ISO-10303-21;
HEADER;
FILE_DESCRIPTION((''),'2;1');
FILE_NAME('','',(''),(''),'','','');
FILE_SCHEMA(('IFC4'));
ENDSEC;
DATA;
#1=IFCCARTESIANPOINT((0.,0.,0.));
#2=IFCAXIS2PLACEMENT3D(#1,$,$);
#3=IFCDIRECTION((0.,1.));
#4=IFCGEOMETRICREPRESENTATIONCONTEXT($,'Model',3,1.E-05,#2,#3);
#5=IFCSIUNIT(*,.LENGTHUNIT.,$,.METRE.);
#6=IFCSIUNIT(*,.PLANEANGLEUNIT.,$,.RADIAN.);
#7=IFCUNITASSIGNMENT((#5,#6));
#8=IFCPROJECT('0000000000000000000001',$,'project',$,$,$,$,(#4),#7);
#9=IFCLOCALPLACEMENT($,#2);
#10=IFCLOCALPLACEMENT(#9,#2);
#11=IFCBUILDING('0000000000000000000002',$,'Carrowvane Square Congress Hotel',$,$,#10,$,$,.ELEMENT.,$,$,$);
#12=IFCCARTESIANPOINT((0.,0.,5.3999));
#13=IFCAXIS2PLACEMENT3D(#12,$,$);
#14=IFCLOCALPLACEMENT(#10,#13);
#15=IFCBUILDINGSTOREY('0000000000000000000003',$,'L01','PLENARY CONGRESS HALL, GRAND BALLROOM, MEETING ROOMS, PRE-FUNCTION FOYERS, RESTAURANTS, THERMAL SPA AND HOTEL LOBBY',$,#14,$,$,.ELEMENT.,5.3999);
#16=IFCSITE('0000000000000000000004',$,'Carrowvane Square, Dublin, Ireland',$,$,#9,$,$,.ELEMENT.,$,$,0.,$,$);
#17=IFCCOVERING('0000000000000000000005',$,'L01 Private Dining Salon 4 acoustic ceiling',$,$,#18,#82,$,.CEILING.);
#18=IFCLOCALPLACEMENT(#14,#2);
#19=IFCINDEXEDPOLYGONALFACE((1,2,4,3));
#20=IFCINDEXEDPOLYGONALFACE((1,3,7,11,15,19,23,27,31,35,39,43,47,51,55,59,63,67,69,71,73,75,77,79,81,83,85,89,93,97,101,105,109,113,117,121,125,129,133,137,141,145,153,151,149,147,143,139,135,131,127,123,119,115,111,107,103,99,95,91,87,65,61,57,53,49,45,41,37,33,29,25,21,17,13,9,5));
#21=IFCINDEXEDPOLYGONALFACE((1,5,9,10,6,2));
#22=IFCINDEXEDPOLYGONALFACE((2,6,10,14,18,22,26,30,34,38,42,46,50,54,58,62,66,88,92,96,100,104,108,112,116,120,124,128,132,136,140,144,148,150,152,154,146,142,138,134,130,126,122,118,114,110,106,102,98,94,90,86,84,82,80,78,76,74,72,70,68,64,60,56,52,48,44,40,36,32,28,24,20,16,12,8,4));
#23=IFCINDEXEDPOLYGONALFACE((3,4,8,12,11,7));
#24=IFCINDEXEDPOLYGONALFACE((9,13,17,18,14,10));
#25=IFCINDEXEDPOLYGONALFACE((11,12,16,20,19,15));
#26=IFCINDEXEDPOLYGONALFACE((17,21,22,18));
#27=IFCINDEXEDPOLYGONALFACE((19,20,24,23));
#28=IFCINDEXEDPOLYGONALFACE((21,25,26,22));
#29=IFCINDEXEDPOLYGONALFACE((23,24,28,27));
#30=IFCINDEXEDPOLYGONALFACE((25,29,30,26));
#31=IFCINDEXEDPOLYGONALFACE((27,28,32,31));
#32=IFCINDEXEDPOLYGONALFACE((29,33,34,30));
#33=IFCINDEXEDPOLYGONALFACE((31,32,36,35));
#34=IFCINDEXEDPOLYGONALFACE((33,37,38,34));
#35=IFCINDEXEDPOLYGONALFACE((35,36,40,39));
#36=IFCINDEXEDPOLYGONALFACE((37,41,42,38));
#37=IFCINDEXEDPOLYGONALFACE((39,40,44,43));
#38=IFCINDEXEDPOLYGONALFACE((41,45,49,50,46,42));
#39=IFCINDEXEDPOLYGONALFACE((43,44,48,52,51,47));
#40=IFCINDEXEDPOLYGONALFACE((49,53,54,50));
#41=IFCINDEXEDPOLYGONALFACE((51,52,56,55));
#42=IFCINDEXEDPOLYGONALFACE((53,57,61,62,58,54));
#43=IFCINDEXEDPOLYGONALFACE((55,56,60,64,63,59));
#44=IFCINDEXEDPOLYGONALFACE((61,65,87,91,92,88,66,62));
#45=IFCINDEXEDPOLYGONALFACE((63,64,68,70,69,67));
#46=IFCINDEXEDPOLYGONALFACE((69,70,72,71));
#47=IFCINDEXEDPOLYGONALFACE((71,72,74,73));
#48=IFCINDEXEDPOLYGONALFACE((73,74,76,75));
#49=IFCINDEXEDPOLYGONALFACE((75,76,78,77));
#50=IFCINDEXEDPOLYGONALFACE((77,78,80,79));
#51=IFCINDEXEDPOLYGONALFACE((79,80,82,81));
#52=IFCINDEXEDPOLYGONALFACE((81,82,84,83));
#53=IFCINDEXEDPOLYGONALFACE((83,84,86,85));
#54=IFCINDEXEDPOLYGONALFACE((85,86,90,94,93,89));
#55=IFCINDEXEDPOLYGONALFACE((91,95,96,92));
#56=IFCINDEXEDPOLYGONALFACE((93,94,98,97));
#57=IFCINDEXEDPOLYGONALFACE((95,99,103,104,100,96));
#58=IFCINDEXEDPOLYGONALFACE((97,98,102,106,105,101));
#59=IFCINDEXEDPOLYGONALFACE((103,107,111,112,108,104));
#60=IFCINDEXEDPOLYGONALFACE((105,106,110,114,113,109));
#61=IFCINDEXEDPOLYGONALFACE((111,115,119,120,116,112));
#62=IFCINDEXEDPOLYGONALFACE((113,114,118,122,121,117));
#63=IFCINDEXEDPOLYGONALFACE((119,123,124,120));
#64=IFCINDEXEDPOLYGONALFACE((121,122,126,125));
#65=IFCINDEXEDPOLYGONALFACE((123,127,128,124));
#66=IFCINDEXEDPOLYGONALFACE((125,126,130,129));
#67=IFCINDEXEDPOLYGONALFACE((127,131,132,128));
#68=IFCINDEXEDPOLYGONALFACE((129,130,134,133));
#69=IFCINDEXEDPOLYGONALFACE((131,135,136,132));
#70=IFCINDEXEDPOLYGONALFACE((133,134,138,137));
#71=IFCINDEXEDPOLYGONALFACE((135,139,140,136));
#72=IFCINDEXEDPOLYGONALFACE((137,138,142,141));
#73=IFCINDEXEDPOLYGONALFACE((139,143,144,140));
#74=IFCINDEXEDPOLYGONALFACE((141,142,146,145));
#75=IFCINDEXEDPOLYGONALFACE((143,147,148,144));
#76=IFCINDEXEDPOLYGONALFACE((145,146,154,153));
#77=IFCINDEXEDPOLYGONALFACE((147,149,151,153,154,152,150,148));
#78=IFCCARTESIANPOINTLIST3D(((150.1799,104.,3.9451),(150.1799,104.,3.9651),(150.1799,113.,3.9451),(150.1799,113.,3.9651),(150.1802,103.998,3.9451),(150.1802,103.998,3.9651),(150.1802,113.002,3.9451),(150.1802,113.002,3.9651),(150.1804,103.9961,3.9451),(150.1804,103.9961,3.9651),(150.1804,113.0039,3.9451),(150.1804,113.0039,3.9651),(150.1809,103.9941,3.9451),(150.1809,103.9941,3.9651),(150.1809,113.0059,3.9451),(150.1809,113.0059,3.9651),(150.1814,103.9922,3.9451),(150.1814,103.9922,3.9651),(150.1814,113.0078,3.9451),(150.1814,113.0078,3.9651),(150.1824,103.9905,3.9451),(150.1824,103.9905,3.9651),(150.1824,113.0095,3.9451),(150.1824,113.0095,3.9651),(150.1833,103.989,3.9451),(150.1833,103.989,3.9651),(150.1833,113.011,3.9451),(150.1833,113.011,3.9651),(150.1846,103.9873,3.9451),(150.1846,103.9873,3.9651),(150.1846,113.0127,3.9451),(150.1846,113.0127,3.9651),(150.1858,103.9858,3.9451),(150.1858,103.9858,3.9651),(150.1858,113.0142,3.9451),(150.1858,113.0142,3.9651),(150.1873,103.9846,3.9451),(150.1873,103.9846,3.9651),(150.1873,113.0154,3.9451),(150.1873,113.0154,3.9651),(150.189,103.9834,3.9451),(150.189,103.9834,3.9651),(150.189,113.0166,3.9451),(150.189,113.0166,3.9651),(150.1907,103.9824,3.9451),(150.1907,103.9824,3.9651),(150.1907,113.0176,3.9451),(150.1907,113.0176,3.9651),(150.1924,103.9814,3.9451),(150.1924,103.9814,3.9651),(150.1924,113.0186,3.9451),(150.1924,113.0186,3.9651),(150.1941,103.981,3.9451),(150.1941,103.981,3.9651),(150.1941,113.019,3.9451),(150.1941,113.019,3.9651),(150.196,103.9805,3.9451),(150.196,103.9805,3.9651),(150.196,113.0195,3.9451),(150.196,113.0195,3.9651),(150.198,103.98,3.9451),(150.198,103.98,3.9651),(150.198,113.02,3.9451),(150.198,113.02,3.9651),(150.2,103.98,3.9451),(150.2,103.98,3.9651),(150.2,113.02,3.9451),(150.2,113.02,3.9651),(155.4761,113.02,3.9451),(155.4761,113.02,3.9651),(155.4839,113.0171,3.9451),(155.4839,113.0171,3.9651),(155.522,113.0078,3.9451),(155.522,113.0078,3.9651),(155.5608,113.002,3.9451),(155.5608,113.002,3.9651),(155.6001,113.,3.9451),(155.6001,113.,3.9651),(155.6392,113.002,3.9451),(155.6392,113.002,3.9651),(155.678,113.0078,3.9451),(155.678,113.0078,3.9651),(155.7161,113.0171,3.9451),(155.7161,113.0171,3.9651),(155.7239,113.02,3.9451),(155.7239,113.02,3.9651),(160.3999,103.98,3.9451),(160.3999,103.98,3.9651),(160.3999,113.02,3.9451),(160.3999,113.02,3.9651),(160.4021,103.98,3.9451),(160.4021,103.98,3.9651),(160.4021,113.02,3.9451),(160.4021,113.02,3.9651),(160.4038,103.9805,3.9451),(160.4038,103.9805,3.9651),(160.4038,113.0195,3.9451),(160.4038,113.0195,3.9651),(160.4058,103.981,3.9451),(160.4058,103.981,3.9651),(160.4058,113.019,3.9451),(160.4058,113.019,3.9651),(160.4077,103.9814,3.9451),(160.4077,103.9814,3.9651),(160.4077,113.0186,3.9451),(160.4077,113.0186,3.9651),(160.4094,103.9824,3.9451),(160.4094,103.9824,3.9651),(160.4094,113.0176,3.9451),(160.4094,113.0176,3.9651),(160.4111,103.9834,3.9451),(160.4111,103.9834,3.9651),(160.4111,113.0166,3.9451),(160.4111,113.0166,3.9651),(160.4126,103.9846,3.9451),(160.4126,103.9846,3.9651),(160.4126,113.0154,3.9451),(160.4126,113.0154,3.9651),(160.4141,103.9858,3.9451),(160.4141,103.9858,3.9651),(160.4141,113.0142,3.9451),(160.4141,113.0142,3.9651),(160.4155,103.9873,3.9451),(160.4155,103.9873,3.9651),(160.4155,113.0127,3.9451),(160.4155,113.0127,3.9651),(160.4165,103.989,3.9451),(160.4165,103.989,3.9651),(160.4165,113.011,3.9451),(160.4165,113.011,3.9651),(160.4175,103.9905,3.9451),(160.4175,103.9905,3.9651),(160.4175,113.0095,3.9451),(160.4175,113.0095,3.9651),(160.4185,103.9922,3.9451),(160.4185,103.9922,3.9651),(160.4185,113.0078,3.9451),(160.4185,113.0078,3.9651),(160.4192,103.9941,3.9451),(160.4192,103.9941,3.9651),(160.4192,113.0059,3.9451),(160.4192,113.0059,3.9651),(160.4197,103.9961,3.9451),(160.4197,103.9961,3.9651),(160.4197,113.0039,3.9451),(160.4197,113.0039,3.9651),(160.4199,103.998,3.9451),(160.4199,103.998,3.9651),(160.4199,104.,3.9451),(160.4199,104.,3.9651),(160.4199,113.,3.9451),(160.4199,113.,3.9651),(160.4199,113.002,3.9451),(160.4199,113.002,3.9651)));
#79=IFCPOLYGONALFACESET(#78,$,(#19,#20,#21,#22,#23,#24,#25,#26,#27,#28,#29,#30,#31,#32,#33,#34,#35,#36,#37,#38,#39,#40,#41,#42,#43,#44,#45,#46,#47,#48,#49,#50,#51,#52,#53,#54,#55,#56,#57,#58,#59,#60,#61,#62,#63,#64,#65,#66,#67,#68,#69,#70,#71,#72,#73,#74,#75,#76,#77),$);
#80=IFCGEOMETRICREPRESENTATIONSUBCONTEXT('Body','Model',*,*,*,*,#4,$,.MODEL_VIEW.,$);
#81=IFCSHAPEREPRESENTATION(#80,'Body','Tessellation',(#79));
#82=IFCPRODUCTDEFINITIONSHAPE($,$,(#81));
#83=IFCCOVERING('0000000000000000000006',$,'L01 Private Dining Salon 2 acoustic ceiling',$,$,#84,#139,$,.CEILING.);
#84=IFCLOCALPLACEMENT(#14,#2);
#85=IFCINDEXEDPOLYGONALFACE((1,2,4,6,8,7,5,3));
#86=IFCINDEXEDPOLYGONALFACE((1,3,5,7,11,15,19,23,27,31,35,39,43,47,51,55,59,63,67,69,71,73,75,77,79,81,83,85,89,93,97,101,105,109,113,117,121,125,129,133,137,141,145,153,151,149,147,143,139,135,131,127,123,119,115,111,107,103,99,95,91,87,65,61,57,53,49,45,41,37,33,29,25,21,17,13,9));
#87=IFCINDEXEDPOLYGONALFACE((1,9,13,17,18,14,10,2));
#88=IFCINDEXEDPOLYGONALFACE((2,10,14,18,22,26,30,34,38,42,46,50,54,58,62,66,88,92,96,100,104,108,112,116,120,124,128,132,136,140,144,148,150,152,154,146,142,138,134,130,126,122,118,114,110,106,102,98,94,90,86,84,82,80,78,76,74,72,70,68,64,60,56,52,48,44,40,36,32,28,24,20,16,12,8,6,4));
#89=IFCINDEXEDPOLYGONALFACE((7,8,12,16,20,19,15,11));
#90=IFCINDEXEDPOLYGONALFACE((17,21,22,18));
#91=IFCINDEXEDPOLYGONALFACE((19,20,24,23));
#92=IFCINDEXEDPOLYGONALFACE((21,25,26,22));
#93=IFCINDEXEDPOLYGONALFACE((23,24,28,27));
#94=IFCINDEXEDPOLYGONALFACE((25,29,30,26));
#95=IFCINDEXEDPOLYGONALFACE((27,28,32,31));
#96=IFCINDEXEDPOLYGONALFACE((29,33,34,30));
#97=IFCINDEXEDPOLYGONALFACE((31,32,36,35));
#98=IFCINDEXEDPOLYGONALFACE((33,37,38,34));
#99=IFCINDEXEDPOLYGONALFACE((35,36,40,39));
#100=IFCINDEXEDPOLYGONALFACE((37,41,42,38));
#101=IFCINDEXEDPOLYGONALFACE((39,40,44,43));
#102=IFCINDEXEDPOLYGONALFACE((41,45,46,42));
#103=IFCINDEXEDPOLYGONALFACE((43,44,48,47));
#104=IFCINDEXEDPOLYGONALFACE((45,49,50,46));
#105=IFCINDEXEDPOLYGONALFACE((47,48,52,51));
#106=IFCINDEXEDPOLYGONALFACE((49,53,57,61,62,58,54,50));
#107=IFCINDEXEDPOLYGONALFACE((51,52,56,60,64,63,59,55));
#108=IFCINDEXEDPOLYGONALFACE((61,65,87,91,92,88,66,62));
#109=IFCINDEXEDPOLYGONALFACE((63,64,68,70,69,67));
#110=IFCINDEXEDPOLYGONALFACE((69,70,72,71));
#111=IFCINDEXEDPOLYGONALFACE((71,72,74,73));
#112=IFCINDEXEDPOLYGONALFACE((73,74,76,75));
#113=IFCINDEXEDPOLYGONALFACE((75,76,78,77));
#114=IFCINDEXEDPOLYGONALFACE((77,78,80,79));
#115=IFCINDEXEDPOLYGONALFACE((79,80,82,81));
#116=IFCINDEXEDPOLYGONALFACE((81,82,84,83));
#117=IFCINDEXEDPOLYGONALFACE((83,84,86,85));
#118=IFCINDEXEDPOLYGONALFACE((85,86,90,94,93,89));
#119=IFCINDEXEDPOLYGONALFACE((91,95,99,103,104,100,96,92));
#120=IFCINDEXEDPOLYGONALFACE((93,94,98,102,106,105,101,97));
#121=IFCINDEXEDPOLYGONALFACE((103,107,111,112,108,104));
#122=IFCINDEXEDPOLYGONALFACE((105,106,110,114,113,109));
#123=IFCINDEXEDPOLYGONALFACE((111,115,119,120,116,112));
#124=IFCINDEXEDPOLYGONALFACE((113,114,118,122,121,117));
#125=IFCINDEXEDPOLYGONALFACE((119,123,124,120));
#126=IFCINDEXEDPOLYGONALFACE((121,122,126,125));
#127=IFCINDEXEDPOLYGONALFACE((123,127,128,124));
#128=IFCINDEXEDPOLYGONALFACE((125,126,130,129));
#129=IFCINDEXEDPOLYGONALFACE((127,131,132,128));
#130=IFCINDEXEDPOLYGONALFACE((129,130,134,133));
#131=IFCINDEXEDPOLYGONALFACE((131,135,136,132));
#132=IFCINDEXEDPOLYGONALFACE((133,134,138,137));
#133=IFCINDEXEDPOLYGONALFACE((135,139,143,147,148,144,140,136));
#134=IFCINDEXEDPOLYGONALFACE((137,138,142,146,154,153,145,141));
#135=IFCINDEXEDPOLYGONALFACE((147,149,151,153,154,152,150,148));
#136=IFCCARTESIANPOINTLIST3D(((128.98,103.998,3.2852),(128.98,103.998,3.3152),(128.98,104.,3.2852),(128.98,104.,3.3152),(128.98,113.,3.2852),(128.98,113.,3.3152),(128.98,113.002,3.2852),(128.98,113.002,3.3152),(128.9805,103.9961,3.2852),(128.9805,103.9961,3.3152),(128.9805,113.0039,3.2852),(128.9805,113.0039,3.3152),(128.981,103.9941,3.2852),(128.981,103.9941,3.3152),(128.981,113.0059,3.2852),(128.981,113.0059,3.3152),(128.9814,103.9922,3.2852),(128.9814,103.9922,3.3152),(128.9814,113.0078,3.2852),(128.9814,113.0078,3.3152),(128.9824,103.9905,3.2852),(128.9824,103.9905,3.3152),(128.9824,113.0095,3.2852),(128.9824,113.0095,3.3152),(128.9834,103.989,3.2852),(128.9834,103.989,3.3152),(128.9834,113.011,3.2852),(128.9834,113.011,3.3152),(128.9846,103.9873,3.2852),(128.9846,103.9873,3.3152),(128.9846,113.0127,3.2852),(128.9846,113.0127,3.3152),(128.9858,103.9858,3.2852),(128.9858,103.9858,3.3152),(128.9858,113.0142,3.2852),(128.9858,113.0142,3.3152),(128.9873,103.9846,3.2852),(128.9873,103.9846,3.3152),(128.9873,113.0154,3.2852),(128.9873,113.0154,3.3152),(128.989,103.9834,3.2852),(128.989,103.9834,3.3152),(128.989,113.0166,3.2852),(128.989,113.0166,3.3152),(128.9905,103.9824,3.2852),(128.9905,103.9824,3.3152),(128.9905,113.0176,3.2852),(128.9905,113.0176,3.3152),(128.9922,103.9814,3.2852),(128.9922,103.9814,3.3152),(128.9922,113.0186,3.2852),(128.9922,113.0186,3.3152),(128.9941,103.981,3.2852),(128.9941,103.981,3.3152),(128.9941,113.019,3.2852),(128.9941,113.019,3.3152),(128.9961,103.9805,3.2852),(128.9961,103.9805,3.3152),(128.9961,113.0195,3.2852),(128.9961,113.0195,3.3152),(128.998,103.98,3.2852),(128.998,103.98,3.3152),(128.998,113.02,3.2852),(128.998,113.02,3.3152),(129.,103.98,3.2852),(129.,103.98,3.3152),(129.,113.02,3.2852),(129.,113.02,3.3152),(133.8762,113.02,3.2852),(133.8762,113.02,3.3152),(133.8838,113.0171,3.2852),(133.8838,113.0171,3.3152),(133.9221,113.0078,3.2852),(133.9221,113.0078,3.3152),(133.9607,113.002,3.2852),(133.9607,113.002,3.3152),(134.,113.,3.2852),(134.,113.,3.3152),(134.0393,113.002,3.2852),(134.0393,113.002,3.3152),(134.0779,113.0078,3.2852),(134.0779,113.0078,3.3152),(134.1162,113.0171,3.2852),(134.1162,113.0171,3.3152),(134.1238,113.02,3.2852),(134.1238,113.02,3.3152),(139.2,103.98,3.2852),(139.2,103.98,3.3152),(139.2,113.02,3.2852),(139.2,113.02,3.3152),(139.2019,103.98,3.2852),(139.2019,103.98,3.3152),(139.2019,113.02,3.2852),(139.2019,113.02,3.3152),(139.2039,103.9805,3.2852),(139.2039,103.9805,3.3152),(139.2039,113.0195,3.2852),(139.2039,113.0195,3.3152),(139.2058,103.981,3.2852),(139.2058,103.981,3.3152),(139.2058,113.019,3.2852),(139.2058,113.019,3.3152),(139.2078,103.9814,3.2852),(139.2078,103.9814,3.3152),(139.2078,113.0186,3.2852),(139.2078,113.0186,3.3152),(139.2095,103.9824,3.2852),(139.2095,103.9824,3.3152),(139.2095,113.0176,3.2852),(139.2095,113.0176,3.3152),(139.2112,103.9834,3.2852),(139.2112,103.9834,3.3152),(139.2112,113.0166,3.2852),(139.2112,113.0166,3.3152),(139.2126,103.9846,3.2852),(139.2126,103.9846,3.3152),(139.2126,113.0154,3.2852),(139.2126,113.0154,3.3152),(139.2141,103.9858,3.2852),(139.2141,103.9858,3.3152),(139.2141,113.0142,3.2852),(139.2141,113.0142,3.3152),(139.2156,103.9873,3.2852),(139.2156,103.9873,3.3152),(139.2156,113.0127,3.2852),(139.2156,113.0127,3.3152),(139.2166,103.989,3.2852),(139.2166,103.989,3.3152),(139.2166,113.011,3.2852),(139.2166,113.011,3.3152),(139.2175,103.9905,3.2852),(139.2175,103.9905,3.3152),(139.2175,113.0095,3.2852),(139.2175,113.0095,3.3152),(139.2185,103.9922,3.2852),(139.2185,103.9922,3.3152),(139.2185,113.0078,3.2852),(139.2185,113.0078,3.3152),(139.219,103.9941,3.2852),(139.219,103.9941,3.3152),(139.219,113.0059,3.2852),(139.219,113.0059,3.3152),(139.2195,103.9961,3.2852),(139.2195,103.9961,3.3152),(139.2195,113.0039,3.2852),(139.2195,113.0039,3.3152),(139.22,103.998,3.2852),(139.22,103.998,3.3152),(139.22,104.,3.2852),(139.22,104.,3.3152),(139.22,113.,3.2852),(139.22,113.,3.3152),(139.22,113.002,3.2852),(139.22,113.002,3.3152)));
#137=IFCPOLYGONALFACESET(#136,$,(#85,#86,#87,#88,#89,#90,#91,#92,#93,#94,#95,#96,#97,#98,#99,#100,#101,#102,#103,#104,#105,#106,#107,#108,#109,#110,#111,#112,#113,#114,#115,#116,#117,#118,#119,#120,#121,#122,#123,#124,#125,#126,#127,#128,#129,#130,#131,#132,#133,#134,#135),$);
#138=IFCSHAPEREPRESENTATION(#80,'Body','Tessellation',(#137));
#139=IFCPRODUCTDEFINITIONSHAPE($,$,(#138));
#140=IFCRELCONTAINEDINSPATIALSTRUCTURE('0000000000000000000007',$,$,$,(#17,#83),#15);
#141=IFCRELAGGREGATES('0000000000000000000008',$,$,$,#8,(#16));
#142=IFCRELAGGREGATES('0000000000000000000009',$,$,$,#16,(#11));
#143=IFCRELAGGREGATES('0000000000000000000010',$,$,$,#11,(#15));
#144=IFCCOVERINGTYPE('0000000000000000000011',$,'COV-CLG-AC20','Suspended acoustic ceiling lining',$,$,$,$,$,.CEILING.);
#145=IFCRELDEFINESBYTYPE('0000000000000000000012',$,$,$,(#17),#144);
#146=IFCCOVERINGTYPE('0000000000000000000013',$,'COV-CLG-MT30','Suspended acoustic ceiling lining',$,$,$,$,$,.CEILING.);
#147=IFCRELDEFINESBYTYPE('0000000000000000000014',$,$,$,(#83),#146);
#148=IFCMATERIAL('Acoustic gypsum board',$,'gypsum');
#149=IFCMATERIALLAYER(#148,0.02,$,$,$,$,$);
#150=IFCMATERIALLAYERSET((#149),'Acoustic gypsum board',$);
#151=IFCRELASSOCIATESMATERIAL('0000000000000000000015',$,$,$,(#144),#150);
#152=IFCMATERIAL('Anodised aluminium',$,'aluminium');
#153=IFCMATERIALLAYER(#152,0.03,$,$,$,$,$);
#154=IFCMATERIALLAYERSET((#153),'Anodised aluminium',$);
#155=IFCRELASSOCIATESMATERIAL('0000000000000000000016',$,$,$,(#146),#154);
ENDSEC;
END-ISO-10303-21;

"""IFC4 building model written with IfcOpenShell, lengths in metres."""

from ifc_helpers import new_model, si_unit, direction, frame, origin, place, context, subcontext, project, spatial, polyline, outline, extrude, material, layer, layer_set, type_object, element, save


model = new_model("IFC4")

# Units and contexts
model_context = context("Model", 3, precision=1e-05, world=origin(), true_north=direction((0.0, 1.0)))
body_context = subcontext(model_context, "Body", "Model", "MODEL_VIEW")
ifc_project = project(units=[si_unit("LENGTHUNIT", "METRE"), si_unit("PLANEANGLEUNIT", "RADIAN")], contexts=[model_context])

# Site, building, storey
site_placement = place(None, origin())
site = spatial("IfcSite", under=ifc_project, at=site_placement, Name="Carrowvane Square, Dublin, Ireland", CompositionType="ELEMENT", RefElevation=0.0)
building_placement = place(site_placement, origin())
building = spatial("IfcBuilding", under=site, at=building_placement, Name="Carrowvane Square Congress Hotel", CompositionType="ELEMENT")
storey_placement = place(building_placement, frame((0.0, 0.0, 5.3999)))
storey = spatial("IfcBuildingStorey", under=building, at=storey_placement, Name="L01", Description="PLENARY CONGRESS HALL, GRAND BALLROOM, MEETING ROOMS, PRE-FUNCTION FOYERS, RESTAURANTS, THERMAL SPA AND HOTEL LOBBY", CompositionType="ELEMENT", Elevation=5.3999)

# Coverings
ifc_material_1 = material(Name="Acoustic gypsum board", Category="gypsum")
ifc_layer_1 = layer(ifc_material_1, 0.02)
ifc_layer_set_1 = layer_set([ifc_layer_1], Name="Acoustic gypsum board")
covering_type_1 = type_object("IfcCoveringType", Name="COV-CLG-AC20", Description="Suspended acoustic ceiling lining", PredefinedType="CEILING", material=ifc_layer_set_1)
covering_1_placement = place(storey_placement, frame((0.0, 0.0, 3.9451)))
element("IfcCovering", 1, at=covering_1_placement, inside=storey, type_object=covering_type_1, Name="L01 Private Dining Salon 4 acoustic ceiling", PredefinedType="CEILING", context=body_context, shape_type="SweptSolid", body=[
    extrude(outline(polyline([(150.1846, 103.9873), (150.1833, 103.989), (150.1824, 103.9905), (150.1814, 103.9922), (150.1809, 103.9941), (150.1804, 103.9961), (150.1802, 103.998), (150.1799, 104.0), (150.1799, 113.0), (150.1802, 113.002), (150.1804, 113.0039), (150.1809, 113.0059), (150.1814, 113.0078), (150.1824, 113.0095), (150.1833, 113.011), (150.1846, 113.0127), (150.1858, 113.0142), (150.1873, 113.0154), (150.189, 113.0166), (150.1907, 113.0176), (150.1924, 113.0186), (150.1941, 113.019), (150.196, 113.0195), (150.198, 113.02), (150.2, 113.02), (155.4761, 113.02), (155.4839, 113.0171), (155.522, 113.0078), (155.5608, 113.002), (155.6001, 113.0), (155.6392, 113.002), (155.678, 113.0078), (155.7161, 113.0171), (155.7239, 113.02), (160.3999, 113.02), (160.4021, 113.02), (160.4038, 113.0195), (160.4058, 113.019), (160.4077, 113.0186), (160.4094, 113.0176), (160.4111, 113.0166), (160.4126, 113.0154), (160.4141, 113.0142), (160.4155, 113.0127), (160.4165, 113.011), (160.4175, 113.0095), (160.4185, 113.0078), (160.4192, 113.0059), (160.4197, 113.0039), (160.4199, 113.002), (160.4199, 113.0), (160.4199, 104.0), (160.4199, 103.998), (160.4197, 103.9961), (160.4192, 103.9941), (160.4185, 103.9922), (160.4175, 103.9905), (160.4165, 103.989), (160.4155, 103.9873), (160.4141, 103.9858), (160.4126, 103.9846), (160.4111, 103.9834), (160.4094, 103.9824), (160.4077, 103.9814), (160.4058, 103.981), (160.4038, 103.9805), (160.4021, 103.98), (160.3999, 103.98), (150.2, 103.98), (150.198, 103.98), (150.196, 103.9805), (150.1941, 103.981), (150.1924, 103.9814), (150.1907, 103.9824), (150.189, 103.9834), (150.1873, 103.9846), (150.1858, 103.9858), (150.1846, 103.9873)])), origin(), (0.0, 0.0, 1.0), 0.02),
])
ifc_material_2 = material(Name="Anodised aluminium", Category="aluminium")
ifc_layer_2 = layer(ifc_material_2, 0.03)
ifc_layer_set_2 = layer_set([ifc_layer_2], Name="Anodised aluminium")
covering_type_2 = type_object("IfcCoveringType", Name="COV-CLG-MT30", Description="Suspended acoustic ceiling lining", PredefinedType="CEILING", material=ifc_layer_set_2)
covering_2_placement = place(storey_placement, frame((0.0, 0.0, 3.2852)))
element("IfcCovering", 2, at=covering_2_placement, inside=storey, type_object=covering_type_2, Name="L01 Private Dining Salon 2 acoustic ceiling", PredefinedType="CEILING", context=body_context, shape_type="SweptSolid", body=[
    extrude(outline(polyline([(128.9846, 103.9873), (128.9834, 103.989), (128.9824, 103.9905), (128.9814, 103.9922), (128.981, 103.9941), (128.9805, 103.9961), (128.98, 103.998), (128.98, 104.0), (128.98, 113.0), (128.98, 113.002), (128.9805, 113.0039), (128.981, 113.0059), (128.9814, 113.0078), (128.9824, 113.0095), (128.9834, 113.011), (128.9846, 113.0127), (128.9858, 113.0142), (128.9873, 113.0154), (128.989, 113.0166), (128.9905, 113.0176), (128.9922, 113.0186), (128.9941, 113.019), (128.9961, 113.0195), (128.998, 113.02), (129.0, 113.02), (133.8762, 113.02), (133.8838, 113.0171), (133.9221, 113.0078), (133.9607, 113.002), (134.0, 113.0), (134.0393, 113.002), (134.0779, 113.0078), (134.1162, 113.0171), (134.1238, 113.02), (139.2, 113.02), (139.2019, 113.02), (139.2039, 113.0195), (139.2058, 113.019), (139.2078, 113.0186), (139.2095, 113.0176), (139.2112, 113.0166), (139.2126, 113.0154), (139.2141, 113.0142), (139.2156, 113.0127), (139.2166, 113.011), (139.2175, 113.0095), (139.2185, 113.0078), (139.219, 113.0059), (139.2195, 113.0039), (139.22, 113.002), (139.22, 113.0), (139.22, 104.0), (139.22, 103.998), (139.2195, 103.9961), (139.219, 103.9941), (139.2185, 103.9922), (139.2175, 103.9905), (139.2166, 103.989), (139.2156, 103.9873), (139.2141, 103.9858), (139.2126, 103.9846), (139.2112, 103.9834), (139.2095, 103.9824), (139.2078, 103.9814), (139.2058, 103.981), (139.2039, 103.9805), (139.2019, 103.98), (139.2, 103.98), (129.0, 103.98), (128.998, 103.98), (128.9961, 103.9805), (128.9941, 103.981), (128.9922, 103.9814), (128.9905, 103.9824), (128.989, 103.9834), (128.9873, 103.9846), (128.9858, 103.9858), (128.9846, 103.9873)])), origin(), (0.0, 0.0, 1.0), 0.03),
])

save(model, "model.ifc")
